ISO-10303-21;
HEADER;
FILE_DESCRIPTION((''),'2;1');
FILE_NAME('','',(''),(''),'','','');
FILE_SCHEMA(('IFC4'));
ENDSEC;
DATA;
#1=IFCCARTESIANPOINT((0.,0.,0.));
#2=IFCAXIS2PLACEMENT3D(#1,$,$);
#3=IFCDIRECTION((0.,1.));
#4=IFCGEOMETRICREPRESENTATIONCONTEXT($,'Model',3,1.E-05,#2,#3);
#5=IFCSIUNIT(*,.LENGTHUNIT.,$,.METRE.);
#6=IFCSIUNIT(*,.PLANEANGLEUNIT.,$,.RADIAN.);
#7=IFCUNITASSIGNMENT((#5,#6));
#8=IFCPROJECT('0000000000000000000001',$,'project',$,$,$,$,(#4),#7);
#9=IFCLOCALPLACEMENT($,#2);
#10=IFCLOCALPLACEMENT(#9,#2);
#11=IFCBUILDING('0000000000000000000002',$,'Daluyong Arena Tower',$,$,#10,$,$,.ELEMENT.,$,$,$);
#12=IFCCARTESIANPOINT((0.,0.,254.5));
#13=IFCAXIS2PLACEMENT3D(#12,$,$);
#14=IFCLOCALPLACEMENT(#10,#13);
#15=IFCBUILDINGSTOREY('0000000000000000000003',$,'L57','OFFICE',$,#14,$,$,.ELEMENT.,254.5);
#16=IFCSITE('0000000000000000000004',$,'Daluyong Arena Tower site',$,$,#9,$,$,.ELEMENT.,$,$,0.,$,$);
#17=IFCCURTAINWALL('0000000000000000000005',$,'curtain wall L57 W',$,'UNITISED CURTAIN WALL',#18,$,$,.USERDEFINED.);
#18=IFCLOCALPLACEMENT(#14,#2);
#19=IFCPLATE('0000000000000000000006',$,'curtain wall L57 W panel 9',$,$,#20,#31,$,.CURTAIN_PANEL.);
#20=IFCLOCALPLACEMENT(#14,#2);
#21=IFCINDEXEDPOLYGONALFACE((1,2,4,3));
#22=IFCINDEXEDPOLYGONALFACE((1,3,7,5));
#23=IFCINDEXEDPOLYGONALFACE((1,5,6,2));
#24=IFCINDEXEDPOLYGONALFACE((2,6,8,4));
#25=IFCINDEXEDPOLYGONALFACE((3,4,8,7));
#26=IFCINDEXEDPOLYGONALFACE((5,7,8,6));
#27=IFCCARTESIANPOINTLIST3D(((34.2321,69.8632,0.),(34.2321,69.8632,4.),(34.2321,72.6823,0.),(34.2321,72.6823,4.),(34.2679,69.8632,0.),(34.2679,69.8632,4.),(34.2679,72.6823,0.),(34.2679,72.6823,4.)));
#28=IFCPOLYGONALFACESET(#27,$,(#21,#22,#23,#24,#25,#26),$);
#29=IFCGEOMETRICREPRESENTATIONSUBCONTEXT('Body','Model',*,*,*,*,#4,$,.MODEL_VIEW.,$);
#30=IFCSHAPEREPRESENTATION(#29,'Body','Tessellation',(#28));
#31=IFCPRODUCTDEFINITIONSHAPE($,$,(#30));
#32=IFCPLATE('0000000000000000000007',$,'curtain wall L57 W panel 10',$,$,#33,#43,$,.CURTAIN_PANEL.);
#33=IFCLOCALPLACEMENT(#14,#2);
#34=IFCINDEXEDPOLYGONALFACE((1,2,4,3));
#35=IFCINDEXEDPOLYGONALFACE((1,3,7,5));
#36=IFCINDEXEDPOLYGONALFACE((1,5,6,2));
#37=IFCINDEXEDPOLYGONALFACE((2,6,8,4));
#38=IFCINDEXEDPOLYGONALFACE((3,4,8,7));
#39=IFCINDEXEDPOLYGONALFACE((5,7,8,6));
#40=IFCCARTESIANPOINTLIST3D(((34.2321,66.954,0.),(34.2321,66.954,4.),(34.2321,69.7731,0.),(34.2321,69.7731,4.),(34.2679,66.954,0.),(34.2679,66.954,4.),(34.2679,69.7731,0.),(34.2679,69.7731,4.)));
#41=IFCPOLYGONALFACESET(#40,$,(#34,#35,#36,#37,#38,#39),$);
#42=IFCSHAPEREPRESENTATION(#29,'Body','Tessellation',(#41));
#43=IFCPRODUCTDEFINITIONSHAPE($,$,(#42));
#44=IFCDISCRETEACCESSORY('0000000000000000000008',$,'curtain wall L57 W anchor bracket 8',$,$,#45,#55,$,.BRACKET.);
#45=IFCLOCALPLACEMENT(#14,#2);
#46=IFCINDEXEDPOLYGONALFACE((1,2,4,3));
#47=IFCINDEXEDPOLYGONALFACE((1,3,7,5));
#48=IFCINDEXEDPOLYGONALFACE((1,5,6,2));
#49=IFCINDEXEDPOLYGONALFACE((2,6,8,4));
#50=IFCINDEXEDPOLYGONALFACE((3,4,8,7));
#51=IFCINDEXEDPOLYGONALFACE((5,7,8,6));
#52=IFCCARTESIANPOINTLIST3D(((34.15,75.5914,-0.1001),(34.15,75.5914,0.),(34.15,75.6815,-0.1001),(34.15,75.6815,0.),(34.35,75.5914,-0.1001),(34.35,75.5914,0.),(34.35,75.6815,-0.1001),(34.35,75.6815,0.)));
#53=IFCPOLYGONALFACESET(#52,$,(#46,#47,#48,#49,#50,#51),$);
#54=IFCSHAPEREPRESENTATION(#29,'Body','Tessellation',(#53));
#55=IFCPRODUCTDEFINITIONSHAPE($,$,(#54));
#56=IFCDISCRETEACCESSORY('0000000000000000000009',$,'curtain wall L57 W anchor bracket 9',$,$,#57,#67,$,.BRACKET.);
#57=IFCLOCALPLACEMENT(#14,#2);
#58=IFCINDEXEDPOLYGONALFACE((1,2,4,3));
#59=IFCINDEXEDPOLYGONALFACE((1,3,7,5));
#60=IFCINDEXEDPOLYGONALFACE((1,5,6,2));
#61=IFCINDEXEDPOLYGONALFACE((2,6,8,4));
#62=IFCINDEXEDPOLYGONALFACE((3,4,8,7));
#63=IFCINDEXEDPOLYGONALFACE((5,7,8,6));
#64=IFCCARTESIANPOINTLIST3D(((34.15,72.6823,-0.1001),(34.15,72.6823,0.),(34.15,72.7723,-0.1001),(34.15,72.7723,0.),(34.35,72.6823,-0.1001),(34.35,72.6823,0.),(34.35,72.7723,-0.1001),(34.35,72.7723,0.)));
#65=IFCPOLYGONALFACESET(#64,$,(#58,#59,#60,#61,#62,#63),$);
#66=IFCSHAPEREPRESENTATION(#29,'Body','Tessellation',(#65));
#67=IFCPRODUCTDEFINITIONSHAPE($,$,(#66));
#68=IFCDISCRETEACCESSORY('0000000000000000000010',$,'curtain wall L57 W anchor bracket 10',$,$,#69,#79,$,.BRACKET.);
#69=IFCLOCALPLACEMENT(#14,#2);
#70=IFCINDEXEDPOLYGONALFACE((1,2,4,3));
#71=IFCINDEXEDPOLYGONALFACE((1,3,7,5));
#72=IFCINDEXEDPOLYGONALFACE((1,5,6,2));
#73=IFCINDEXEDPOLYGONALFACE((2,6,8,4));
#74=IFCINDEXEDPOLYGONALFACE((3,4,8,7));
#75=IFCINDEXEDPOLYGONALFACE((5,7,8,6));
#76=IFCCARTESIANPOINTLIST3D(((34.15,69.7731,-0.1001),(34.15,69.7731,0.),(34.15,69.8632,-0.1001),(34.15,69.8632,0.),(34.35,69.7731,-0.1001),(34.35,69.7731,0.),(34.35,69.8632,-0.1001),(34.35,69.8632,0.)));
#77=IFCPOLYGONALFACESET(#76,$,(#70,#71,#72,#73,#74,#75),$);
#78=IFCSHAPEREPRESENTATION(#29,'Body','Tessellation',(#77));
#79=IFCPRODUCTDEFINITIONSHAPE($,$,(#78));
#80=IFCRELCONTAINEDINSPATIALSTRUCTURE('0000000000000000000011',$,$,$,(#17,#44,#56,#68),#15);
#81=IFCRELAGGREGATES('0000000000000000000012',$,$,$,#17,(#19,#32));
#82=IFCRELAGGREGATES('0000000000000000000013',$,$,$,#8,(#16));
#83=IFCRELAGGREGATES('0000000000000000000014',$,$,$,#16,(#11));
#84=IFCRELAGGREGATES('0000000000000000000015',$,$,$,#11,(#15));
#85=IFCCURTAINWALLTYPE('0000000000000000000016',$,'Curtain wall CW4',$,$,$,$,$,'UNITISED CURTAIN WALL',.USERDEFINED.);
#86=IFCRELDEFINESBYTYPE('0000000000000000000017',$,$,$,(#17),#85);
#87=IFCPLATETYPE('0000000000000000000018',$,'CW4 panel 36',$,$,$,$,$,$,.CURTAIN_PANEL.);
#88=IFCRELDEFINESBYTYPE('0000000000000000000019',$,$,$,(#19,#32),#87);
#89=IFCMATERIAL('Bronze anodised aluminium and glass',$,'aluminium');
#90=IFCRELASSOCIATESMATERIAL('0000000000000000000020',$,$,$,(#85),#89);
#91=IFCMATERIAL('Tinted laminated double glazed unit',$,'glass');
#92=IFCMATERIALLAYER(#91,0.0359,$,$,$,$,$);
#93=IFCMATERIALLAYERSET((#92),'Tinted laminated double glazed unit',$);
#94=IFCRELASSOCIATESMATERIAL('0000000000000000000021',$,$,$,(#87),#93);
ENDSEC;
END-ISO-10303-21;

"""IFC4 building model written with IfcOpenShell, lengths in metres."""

from ifc_helpers import new_model, si_unit, direction, frame, origin, origin_2d, place, context, subcontext, project, spatial, rectangle, extrude, material, layer, layer_set, type_object, element, aggregate, save


model = new_model("IFC4")

# Units and contexts
model_context = context("Model", 3, precision=1e-05, world=origin(), true_north=direction((0.0, 1.0)))
body_context = subcontext(model_context, "Body", "Model", "MODEL_VIEW")
ifc_project = project(units=[si_unit("LENGTHUNIT", "METRE"), si_unit("PLANEANGLEUNIT", "RADIAN")], contexts=[model_context])

# Site, building, storey
site_placement = place(None, origin())
site = spatial("IfcSite", under=ifc_project, at=site_placement, Name="Daluyong Arena Tower site", CompositionType="ELEMENT", RefElevation=0.0)
building_placement = place(site_placement, origin())
building = spatial("IfcBuilding", under=site, at=building_placement, Name="Daluyong Arena Tower", CompositionType="ELEMENT")
storey_placement = place(building_placement, frame((0.0, 0.0, 254.5)))
storey = spatial("IfcBuildingStorey", under=building, at=storey_placement, Name="L57", Description="OFFICE", CompositionType="ELEMENT", Elevation=254.5)

# Curtain wall
ifc_material_1 = material(Name="Bronze anodised aluminium and glass", Category="aluminium")
curtain_wall_type = type_object("IfcCurtainWallType", Name="Curtain wall CW4", ElementType="UNITISED CURTAIN WALL", PredefinedType="USERDEFINED", material=ifc_material_1)
curtain_wall_placement = place(storey_placement, origin())
curtain_wall = element("IfcCurtainWall", 1, at=curtain_wall_placement, inside=storey, type_object=curtain_wall_type, Name="curtain wall L57 W", ObjectType="UNITISED CURTAIN WALL", PredefinedType="USERDEFINED")

# Plates
ifc_material_2 = material(Name="Tinted laminated double glazed unit", Category="glass")
ifc_layer = layer(ifc_material_2, 0.0359)
ifc_layer_set = layer_set([ifc_layer], Name="Tinted laminated double glazed unit")
plate_type = type_object("IfcPlateType", Name="CW4 panel 36", PredefinedType="CURTAIN_PANEL", material=ifc_layer_set)
plate_1_placement = place(storey_placement, frame((34.25, 71.2727, 0.0), z_axis=(0.0, 0.0, 1.0), x_axis=(0.0, -1.0, 0.0)))
plate_1 = element("IfcPlate", 2, at=plate_1_placement, type_object=plate_type, Name="curtain wall L57 W panel 9", PredefinedType="CURTAIN_PANEL", context=body_context, shape_type="SweptSolid", body=[
    extrude(rectangle(XDim=2.8191, YDim=0.0359, at=origin_2d()), origin(), (0.0, 0.0, 1.0), 4.0),
])
plate_2_placement = place(storey_placement, frame((34.25, 68.3635, 0.0), z_axis=(0.0, 0.0, 1.0), x_axis=(0.0, -1.0, 0.0)))
plate_2 = element("IfcPlate", 3, at=plate_2_placement, type_object=plate_type, Name="curtain wall L57 W panel 10", PredefinedType="CURTAIN_PANEL", context=body_context, shape_type="SweptSolid", body=[
    extrude(rectangle(XDim=2.8191, YDim=0.0359, at=origin_2d()), origin(), (0.0, 0.0, 1.0), 4.0),
])
aggregate(curtain_wall, [plate_1, plate_2])

# Discrete accessories
for number, where, z_axis, x_axis, name in (
    (4, (34.25, 75.6365, -0.1001), (0.0, 0.0, 1.0), (0.0, -1.0, 0.0), "curtain wall L57 W anchor bracket 8"),
    (5, (34.25, 72.7273, -0.1001), (0.0, 0.0, 1.0), (0.0, -1.0, 0.0), "curtain wall L57 W anchor bracket 9"),
    (6, (34.25, 69.8181, -0.1001), (0.0, 0.0, 1.0), (0.0, -1.0, 0.0), "curtain wall L57 W anchor bracket 10"),
):
    element("IfcDiscreteAccessory", number, at=place(storey_placement, frame(where, z_axis=z_axis, x_axis=x_axis)), inside=storey, Name=name, PredefinedType="BRACKET", context=body_context, shape_type="SweptSolid", body=[
        extrude(rectangle(XDim=0.0901, YDim=0.2, at=origin_2d()), origin(), (0.0, 0.0, 1.0), 0.1001),
    ])

save(model, "model.ifc")
